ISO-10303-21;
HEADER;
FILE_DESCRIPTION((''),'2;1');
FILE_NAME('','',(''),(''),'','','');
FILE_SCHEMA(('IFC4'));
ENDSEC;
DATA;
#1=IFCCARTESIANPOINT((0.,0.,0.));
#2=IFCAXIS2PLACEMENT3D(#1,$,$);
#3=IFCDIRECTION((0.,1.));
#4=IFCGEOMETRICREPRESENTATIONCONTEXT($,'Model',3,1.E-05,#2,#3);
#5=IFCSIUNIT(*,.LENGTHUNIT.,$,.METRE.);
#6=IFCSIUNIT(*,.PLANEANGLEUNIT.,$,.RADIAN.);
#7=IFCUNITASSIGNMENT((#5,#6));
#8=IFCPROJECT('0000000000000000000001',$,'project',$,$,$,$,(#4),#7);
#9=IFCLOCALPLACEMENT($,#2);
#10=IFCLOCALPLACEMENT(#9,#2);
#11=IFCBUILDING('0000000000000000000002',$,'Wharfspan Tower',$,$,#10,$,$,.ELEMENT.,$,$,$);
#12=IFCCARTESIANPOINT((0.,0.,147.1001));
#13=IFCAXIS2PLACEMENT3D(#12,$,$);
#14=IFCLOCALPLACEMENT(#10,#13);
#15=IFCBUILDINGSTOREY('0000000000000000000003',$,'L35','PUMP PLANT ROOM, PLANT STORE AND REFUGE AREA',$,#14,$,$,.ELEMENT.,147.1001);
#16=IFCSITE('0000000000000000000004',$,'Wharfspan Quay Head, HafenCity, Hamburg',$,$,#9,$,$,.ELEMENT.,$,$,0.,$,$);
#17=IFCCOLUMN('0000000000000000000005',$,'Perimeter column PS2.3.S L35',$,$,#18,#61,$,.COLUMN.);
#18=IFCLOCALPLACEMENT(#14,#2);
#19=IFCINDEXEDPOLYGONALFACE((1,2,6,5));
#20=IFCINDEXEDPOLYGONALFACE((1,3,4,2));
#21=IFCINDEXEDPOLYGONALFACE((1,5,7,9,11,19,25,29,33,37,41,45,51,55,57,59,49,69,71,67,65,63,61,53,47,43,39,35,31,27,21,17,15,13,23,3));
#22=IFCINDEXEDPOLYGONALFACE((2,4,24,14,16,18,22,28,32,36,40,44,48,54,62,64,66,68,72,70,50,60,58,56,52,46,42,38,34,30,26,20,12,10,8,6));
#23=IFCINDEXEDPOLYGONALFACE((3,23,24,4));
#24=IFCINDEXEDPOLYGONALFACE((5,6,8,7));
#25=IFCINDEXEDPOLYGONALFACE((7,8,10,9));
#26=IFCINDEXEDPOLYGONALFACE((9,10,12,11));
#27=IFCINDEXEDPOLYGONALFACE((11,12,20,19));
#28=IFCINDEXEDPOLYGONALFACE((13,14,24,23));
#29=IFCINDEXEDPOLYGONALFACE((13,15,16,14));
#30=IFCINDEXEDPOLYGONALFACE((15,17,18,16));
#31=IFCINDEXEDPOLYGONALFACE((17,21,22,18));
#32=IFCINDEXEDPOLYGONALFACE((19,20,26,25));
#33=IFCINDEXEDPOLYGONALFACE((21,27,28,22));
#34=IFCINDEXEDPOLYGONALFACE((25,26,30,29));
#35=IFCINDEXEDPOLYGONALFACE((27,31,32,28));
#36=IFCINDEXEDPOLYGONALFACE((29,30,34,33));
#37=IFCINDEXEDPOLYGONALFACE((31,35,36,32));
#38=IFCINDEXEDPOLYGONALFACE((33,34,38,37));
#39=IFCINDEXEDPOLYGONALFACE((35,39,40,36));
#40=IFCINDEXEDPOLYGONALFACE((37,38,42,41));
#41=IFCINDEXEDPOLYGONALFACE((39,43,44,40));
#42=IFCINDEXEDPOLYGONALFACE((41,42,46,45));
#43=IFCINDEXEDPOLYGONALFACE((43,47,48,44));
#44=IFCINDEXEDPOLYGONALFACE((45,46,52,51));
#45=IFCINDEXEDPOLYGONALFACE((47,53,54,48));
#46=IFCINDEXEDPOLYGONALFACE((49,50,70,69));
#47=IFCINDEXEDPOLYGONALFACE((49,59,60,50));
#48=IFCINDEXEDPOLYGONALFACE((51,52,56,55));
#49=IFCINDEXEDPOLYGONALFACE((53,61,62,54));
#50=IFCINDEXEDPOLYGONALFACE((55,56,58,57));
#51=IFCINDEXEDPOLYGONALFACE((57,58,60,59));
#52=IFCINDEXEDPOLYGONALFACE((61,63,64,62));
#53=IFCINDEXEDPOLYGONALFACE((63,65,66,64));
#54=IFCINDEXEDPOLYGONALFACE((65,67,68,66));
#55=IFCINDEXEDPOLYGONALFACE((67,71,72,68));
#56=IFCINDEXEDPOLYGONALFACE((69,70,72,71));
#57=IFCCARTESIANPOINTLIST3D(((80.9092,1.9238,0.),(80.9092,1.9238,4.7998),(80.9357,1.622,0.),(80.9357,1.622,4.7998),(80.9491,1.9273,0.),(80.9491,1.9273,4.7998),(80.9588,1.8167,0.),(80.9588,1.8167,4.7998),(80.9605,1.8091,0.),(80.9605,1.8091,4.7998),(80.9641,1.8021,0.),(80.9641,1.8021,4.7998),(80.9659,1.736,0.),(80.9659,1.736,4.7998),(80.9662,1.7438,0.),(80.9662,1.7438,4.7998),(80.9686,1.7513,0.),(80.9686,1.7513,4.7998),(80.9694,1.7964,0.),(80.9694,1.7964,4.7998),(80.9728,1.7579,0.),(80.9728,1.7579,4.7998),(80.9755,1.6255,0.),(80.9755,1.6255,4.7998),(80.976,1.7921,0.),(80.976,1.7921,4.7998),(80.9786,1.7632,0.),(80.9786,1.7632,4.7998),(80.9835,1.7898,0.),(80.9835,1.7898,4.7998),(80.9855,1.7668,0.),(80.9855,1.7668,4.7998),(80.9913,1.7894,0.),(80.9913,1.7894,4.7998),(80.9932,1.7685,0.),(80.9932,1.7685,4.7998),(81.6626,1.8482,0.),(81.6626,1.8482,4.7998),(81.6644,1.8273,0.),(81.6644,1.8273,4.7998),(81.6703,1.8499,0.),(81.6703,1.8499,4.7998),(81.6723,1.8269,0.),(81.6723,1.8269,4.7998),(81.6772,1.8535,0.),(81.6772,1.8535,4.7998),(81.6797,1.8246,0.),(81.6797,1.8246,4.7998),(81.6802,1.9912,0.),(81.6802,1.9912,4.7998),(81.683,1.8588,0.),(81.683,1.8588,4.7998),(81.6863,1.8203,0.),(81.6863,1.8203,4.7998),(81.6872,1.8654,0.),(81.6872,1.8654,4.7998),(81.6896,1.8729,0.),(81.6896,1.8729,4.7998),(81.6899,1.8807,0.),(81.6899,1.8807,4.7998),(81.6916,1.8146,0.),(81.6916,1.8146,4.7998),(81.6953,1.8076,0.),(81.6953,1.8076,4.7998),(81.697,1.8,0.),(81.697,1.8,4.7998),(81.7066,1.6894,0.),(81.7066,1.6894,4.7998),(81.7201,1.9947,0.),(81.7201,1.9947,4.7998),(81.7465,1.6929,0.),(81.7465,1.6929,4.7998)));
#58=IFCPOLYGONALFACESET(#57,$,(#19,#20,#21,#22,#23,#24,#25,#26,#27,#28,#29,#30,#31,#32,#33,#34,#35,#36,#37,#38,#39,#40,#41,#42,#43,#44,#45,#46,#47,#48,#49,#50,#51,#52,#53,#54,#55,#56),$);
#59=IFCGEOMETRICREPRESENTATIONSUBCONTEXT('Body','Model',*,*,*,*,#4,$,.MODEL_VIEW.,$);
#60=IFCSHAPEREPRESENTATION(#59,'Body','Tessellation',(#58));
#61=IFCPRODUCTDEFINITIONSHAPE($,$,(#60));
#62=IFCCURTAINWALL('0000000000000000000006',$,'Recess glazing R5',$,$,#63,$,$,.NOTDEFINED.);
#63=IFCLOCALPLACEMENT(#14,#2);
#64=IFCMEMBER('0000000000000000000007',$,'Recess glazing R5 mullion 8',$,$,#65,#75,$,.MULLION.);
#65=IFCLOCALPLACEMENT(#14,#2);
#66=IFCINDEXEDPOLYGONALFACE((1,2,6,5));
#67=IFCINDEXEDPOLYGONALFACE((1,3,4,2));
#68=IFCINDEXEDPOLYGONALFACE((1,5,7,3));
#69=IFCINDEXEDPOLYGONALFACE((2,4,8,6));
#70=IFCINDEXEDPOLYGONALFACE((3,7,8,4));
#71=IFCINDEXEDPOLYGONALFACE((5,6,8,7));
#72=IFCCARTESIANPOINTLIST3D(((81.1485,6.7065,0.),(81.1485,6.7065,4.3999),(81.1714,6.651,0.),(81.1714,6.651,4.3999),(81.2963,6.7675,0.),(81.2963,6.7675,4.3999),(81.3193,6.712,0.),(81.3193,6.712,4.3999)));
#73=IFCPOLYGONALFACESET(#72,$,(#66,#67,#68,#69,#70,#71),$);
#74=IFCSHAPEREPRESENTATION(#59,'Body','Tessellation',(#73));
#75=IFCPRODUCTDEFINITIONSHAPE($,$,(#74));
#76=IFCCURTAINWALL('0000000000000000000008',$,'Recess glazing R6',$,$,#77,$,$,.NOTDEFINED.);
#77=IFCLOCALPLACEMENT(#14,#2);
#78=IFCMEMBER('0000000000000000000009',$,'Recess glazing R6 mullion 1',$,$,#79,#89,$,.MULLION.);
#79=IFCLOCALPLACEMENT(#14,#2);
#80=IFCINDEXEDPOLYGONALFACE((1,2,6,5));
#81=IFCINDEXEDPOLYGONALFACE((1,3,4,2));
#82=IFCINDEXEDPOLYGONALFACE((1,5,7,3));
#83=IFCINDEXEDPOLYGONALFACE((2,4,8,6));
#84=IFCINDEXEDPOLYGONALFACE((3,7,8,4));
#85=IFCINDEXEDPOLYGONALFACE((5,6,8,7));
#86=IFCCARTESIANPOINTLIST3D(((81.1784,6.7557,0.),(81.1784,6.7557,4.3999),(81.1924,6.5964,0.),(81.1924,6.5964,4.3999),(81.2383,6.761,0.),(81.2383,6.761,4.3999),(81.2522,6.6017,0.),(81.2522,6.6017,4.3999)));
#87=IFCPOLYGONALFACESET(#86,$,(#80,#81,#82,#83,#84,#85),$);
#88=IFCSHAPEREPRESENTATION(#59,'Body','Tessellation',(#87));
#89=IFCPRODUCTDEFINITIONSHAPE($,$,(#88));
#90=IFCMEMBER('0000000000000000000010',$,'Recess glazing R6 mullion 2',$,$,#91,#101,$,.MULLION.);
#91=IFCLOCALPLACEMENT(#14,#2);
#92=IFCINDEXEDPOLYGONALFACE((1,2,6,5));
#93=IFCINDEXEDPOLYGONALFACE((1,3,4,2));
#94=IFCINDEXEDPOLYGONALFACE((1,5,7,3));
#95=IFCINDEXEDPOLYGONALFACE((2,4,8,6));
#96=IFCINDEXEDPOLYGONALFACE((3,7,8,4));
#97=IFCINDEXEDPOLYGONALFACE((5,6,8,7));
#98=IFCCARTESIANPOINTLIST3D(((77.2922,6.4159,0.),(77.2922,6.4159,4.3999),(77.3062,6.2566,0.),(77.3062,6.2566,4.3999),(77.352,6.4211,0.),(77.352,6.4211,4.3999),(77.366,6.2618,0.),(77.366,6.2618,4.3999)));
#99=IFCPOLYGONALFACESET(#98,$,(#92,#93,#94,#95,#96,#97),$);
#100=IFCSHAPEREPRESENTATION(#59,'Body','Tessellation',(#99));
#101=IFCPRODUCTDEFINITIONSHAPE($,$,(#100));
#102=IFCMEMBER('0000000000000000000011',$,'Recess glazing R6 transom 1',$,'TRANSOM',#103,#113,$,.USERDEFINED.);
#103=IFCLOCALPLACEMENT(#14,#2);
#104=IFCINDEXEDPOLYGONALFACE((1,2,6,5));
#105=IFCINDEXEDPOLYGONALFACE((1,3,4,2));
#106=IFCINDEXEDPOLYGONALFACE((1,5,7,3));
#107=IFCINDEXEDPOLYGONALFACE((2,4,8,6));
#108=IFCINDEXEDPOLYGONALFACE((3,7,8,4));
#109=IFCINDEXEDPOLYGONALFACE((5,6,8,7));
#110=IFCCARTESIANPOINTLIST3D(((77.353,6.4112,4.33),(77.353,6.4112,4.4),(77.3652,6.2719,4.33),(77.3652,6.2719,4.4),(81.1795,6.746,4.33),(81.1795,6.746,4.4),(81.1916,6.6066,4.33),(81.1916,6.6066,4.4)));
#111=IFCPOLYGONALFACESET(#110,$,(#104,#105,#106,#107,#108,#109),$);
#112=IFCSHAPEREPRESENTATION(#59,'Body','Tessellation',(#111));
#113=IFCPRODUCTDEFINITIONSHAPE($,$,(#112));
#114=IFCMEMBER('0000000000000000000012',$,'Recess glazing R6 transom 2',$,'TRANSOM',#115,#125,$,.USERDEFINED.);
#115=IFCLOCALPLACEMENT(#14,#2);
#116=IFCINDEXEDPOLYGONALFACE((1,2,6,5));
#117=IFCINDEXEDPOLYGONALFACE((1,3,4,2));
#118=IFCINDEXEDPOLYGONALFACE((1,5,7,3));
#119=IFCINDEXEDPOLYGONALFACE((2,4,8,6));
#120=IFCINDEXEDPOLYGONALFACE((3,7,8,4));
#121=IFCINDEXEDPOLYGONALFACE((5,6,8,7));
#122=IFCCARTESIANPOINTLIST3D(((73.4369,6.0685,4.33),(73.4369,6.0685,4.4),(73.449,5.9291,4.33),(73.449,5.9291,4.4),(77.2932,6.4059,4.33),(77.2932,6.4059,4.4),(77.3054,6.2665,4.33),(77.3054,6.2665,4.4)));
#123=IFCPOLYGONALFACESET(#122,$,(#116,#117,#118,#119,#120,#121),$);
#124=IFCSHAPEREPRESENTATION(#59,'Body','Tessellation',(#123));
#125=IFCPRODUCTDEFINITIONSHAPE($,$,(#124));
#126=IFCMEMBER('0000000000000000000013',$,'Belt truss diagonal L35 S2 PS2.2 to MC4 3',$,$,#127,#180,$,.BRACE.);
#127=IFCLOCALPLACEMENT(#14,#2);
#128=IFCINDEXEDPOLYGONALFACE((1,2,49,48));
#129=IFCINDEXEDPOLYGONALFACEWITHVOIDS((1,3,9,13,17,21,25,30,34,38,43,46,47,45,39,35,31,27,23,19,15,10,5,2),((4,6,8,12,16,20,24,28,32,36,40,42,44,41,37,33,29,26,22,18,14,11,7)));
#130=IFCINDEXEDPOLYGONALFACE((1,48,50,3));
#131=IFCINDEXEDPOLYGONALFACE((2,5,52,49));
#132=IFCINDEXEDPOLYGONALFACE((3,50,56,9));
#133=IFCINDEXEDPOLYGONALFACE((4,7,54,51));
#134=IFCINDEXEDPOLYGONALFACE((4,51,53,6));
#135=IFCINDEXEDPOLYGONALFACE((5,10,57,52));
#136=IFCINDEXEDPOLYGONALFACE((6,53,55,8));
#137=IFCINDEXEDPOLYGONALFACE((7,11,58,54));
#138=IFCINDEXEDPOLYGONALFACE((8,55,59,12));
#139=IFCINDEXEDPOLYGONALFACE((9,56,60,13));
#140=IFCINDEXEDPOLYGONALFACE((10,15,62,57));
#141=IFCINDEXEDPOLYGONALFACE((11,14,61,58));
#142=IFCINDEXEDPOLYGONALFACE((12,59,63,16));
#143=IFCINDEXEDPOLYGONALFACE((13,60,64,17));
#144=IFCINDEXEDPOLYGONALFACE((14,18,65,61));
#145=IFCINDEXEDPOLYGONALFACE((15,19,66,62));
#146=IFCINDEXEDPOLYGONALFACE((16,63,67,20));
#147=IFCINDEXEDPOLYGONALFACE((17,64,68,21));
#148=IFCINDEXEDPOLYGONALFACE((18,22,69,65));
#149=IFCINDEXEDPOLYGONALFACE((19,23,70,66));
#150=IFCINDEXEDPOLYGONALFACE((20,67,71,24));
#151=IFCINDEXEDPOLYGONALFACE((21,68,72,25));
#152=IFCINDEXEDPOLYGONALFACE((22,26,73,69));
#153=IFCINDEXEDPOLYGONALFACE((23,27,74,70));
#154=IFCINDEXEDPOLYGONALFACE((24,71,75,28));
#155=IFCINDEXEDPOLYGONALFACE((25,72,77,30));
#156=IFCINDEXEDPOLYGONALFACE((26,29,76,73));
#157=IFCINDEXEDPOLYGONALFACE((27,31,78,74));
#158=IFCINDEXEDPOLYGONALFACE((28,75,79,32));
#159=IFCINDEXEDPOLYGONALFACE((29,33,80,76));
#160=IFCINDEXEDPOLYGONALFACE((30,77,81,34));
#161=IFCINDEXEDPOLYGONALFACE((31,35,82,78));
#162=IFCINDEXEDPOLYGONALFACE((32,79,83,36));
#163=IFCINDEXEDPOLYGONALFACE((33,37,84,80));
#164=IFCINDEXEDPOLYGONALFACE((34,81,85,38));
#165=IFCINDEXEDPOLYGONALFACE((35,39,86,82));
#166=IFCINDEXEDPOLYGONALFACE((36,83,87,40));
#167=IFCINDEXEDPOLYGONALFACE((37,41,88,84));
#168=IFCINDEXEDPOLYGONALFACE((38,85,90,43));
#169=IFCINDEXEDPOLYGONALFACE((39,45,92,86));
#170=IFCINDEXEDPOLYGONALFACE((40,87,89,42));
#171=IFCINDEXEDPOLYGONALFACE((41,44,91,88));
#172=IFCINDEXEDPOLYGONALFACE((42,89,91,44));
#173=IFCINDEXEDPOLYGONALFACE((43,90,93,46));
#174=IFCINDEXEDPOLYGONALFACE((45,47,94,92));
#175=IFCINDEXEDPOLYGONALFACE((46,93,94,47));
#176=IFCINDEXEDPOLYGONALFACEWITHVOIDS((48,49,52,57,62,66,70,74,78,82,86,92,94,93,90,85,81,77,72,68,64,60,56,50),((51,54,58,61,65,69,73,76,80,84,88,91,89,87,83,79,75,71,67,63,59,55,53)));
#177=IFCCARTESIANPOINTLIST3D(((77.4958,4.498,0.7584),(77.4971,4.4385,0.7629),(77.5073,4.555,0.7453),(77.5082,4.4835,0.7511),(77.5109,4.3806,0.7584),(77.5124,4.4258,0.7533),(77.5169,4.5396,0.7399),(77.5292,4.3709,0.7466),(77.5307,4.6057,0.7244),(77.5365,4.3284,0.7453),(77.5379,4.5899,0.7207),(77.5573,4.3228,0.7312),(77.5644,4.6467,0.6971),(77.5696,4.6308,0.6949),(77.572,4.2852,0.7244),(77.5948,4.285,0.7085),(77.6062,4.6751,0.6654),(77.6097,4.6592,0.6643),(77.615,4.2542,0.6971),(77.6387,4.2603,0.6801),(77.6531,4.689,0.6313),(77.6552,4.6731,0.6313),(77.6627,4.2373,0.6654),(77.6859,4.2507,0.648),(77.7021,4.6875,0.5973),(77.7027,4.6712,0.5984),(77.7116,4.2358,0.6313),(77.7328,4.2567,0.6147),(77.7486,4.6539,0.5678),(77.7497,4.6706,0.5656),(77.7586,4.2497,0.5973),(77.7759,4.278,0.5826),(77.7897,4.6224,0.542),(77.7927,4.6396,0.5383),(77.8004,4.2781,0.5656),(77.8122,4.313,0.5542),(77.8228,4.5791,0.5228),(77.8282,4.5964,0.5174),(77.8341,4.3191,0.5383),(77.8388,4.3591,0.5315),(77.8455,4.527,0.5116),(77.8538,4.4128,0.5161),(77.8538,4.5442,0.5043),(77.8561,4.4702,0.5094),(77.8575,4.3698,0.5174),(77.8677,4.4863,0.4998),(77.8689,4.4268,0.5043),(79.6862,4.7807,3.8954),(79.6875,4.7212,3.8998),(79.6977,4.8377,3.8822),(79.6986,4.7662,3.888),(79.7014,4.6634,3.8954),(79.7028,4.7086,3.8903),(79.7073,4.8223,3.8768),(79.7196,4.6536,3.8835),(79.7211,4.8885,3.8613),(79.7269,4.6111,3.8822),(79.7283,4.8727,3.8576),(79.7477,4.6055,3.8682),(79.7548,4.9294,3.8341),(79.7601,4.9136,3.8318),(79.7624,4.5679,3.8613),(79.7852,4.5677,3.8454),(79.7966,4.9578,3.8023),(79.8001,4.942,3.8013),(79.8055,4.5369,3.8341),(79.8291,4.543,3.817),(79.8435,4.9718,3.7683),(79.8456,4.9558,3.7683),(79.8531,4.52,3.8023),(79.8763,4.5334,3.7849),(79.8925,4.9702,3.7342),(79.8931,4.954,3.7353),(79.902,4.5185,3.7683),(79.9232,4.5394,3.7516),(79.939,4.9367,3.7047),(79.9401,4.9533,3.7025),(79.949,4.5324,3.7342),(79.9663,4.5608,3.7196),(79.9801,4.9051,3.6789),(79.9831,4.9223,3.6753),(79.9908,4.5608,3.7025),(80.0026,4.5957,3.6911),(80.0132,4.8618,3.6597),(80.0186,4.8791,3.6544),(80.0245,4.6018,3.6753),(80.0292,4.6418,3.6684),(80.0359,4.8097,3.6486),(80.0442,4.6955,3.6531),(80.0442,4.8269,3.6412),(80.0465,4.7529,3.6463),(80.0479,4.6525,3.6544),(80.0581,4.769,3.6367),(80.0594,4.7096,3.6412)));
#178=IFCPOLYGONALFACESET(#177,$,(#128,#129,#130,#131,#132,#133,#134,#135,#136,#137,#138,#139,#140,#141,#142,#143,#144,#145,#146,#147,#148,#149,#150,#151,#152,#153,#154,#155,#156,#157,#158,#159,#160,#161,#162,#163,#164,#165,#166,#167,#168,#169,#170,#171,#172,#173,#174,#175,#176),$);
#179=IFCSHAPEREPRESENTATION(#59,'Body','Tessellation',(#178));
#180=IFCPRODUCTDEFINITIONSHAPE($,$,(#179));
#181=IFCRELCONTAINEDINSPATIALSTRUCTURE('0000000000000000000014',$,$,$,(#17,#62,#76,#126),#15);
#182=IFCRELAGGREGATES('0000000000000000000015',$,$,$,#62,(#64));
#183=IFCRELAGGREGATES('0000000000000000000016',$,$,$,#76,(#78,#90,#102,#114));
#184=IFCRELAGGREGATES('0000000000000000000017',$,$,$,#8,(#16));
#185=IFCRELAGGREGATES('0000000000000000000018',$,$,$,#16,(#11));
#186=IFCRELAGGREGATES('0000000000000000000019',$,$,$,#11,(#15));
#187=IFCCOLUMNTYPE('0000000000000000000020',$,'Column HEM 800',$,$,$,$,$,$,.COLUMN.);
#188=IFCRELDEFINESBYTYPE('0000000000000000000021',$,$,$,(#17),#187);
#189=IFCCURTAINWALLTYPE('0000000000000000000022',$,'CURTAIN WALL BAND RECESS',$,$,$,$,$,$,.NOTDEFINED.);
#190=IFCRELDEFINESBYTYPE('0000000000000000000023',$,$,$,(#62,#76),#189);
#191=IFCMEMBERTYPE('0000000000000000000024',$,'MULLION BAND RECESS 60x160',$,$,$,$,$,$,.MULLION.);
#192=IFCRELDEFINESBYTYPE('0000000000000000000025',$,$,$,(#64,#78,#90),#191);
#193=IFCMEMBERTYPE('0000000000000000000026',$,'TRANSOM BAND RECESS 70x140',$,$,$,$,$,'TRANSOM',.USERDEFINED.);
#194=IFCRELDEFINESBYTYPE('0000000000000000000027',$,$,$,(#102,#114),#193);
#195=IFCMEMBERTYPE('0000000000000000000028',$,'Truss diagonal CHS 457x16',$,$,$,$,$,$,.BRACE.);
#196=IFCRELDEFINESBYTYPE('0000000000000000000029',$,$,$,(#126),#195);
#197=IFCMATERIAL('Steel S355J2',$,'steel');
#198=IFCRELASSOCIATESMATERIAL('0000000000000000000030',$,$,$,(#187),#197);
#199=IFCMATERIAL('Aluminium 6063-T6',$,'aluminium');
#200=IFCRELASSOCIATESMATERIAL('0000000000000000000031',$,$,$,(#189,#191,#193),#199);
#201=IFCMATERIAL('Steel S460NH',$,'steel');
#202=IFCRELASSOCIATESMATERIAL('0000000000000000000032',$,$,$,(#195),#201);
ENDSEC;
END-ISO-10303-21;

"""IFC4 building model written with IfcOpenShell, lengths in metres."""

from ifc_helpers import new_model, si_unit, direction, frame, origin, origin_2d, place, context, subcontext, project, spatial, rectangle, hollow_circle, i_section, extrude, material, material_profile, profile_set, type_object, element, aggregate, save


model = new_model("IFC4")

# Units and contexts
model_context = context("Model", 3, precision=1e-05, world=origin(), true_north=direction((0.0, 1.0)))
body_context = subcontext(model_context, "Body", "Model", "MODEL_VIEW")
ifc_project = project(units=[si_unit("LENGTHUNIT", "METRE"), si_unit("PLANEANGLEUNIT", "RADIAN")], contexts=[model_context])

# Site, building, storey
site_placement = place(None, origin())
site = spatial("IfcSite", under=ifc_project, at=site_placement, Name="Wharfspan Quay Head, HafenCity, Hamburg", CompositionType="ELEMENT", RefElevation=0.0)
building_placement = place(site_placement, origin())
building = spatial("IfcBuilding", under=site, at=building_placement, Name="Wharfspan Tower", CompositionType="ELEMENT")
storey_placement = place(building_placement, frame((0.0, 0.0, 147.1001)))
storey = spatial("IfcBuildingStorey", under=building, at=storey_placement, Name="L35", Description="PUMP PLANT ROOM, PLANT STORE AND REFUGE AREA", CompositionType="ELEMENT", Elevation=147.1001)

# Column
ifc_material_1 = material(Name="Steel S355J2", Category="steel")
ifc_material_profile_1 = material_profile(ifc_material_1, i_section(OverallWidth=0.303, OverallDepth=0.814, WebThickness=0.021, FlangeThickness=0.04, FilletRadius=0.03, at=origin_2d()))
ifc_profile_set_1 = profile_set([ifc_material_profile_1], Name="Steel S355J2")
column_type = type_object("IfcColumnType", Name="Column HEM 800", PredefinedType="COLUMN", material=ifc_profile_set_1)
column_placement = place(storey_placement, frame((81.3279, 1.8083, 0.0), z_axis=(0.0, 0.0, 1.0), x_axis=(0.087156, -0.996198, 0.0)))
element("IfcColumn", 1, at=column_placement, inside=storey, type_object=column_type, Name="Perimeter column PS2.3.S L35", PredefinedType="COLUMN", context=body_context, shape_type="SweptSolid", body=[
    extrude(i_section(OverallWidth=0.303, OverallDepth=0.814, WebThickness=0.021, FlangeThickness=0.04, FilletRadius=0.03, at=origin_2d()), origin(), (0.0, 0.0, 1.0), 4.7998),
])

# Curtain wall, member
ifc_material_2 = material(Name="Aluminium 6063-T6", Category="aluminium")
curtain_wall_type = type_object("IfcCurtainWallType", Name="CURTAIN WALL BAND RECESS", PredefinedType="NOTDEFINED", material=ifc_material_2)
curtain_wall_1_placement = place(storey_placement, origin())
curtain_wall_1 = element("IfcCurtainWall", 2, at=curtain_wall_1_placement, inside=storey, type_object=curtain_wall_type, Name="Recess glazing R5", PredefinedType="NOTDEFINED")
ifc_material_profile_2 = material_profile(ifc_material_2, rectangle(XDim=0.1599, YDim=0.0601, at=origin_2d()))
ifc_profile_set_2 = profile_set([ifc_material_profile_2], Name="Aluminium 6063-T6")
member_type_1 = type_object("IfcMemberType", Name="MULLION BAND RECESS 60x160", PredefinedType="MULLION", material=ifc_profile_set_2)
member_1_placement = place(storey_placement, frame((81.2339, 6.7092, 0.0), z_axis=(0.0, 0.0, 1.0), x_axis=(0.924325, 0.381602, 0.0)))
member_1 = element("IfcMember", 3, at=member_1_placement, type_object=member_type_1, Name="Recess glazing R5 mullion 8", PredefinedType="MULLION", context=body_context, shape_type="SweptSolid", body=[
    extrude(rectangle(XDim=0.1599, YDim=0.0601, at=origin_2d()), origin(), (0.0, 0.0, 1.0), 4.3999),
])

# Curtain wall, members
curtain_wall_2_placement = place(storey_placement, origin())
curtain_wall_2 = element("IfcCurtainWall", 4, at=curtain_wall_2_placement, inside=storey, type_object=curtain_wall_type, Name="Recess glazing R6", PredefinedType="NOTDEFINED")
member_2_placement = place(storey_placement, frame((81.2153, 6.6787, 0.0), z_axis=(0.0, 0.0, 1.0), x_axis=(0.087156, -0.996198, 0.0)))
member_2 = element("IfcMember", 5, at=member_2_placement, type_object=member_type_1, Name="Recess glazing R6 mullion 1", PredefinedType="MULLION", context=body_context, shape_type="SweptSolid", body=[
    extrude(rectangle(XDim=0.1599, YDim=0.0601, at=origin_2d()), origin(), (0.0, 0.0, 1.0), 4.3999),
])
member_3_placement = place(storey_placement, frame((77.3291, 6.3389, 0.0), z_axis=(0.0, 0.0, 1.0), x_axis=(0.087156, -0.996198, 0.0)))
member_3 = element("IfcMember", 6, at=member_3_placement, type_object=member_type_1, Name="Recess glazing R6 mullion 2", PredefinedType="MULLION", context=body_context, shape_type="SweptSolid", body=[
    extrude(rectangle(XDim=0.1599, YDim=0.0601, at=origin_2d()), origin(), (0.0, 0.0, 1.0), 4.3999),
])
ifc_material_profile_3 = material_profile(ifc_material_2, rectangle(XDim=0.1399, YDim=0.0701, at=origin_2d()))
ifc_profile_set_3 = profile_set([ifc_material_profile_3], Name="Aluminium 6063-T6")
member_type_2 = type_object("IfcMemberType", Name="TRANSOM BAND RECESS 70x140", ElementType="TRANSOM", PredefinedType="USERDEFINED", material=ifc_profile_set_3)
member_4_placement = place(storey_placement, frame((81.1855, 6.6763, 4.365), z_axis=(-0.996196, -0.087143, 0.0), x_axis=(0.087143, -0.996196, 0.0)))
member_4 = element("IfcMember", 7, at=member_4_placement, type_object=member_type_2, Name="Recess glazing R6 transom 1", ObjectType="TRANSOM", PredefinedType="USERDEFINED", context=body_context, shape_type="SweptSolid", body=[
    extrude(rectangle(XDim=0.1399, YDim=0.0701, at=origin_2d()), origin(), (0.0, 0.0, 1.0), 3.8411),
])
member_5_placement = place(storey_placement, frame((77.2993, 6.3362, 4.365), z_axis=(-0.996195, -0.087158, 0.0), x_axis=(0.087158, -0.996195, 0.0)))
member_5 = element("IfcMember", 8, at=member_5_placement, type_object=member_type_2, Name="Recess glazing R6 transom 2", ObjectType="TRANSOM", PredefinedType="USERDEFINED", context=body_context, shape_type="SweptSolid", body=[
    extrude(rectangle(XDim=0.1399, YDim=0.0701, at=origin_2d()), origin(), (0.0, 0.0, 1.0), 3.8711),
])

# Member
ifc_material_3 = material(Name="Steel S460NH", Category="steel")
ifc_material_profile_4 = material_profile(ifc_material_3, hollow_circle(Radius=0.2285, WallThickness=0.0161, at=origin_2d()))
ifc_profile_set_4 = profile_set([ifc_material_profile_4], Name="Steel S460NH")
member_type_3 = type_object("IfcMemberType", Name="Truss diagonal CHS 457x16", PredefinedType="BRACE", material=ifc_profile_set_4)
for number, where, z_axis, x_axis, name in (
    (9, (77.6824, 4.4624, 0.6313), (0.57095, 0.073692, 0.817671), (-0.128004, 0.99177, -0.000002), "Belt truss diagonal L35 S2 PS2.2 to MC4 3"),
):
    element("IfcMember", number, at=place(storey_placement, frame(where, z_axis=z_axis, x_axis=x_axis)), inside=storey, type_object=member_type_3, Name=name, PredefinedType="BRACE", context=body_context, shape_type="SweptSolid", body=[
        extrude(hollow_circle(Radius=0.2285, WallThickness=0.0161, at=origin_2d()), origin(), (0.0, 0.0, 1.0), 3.8364),
    ])

aggregate(curtain_wall_1, [member_1])
aggregate(curtain_wall_2, [member_2, member_3, member_4, member_5])

save(model, "model.ifc")
